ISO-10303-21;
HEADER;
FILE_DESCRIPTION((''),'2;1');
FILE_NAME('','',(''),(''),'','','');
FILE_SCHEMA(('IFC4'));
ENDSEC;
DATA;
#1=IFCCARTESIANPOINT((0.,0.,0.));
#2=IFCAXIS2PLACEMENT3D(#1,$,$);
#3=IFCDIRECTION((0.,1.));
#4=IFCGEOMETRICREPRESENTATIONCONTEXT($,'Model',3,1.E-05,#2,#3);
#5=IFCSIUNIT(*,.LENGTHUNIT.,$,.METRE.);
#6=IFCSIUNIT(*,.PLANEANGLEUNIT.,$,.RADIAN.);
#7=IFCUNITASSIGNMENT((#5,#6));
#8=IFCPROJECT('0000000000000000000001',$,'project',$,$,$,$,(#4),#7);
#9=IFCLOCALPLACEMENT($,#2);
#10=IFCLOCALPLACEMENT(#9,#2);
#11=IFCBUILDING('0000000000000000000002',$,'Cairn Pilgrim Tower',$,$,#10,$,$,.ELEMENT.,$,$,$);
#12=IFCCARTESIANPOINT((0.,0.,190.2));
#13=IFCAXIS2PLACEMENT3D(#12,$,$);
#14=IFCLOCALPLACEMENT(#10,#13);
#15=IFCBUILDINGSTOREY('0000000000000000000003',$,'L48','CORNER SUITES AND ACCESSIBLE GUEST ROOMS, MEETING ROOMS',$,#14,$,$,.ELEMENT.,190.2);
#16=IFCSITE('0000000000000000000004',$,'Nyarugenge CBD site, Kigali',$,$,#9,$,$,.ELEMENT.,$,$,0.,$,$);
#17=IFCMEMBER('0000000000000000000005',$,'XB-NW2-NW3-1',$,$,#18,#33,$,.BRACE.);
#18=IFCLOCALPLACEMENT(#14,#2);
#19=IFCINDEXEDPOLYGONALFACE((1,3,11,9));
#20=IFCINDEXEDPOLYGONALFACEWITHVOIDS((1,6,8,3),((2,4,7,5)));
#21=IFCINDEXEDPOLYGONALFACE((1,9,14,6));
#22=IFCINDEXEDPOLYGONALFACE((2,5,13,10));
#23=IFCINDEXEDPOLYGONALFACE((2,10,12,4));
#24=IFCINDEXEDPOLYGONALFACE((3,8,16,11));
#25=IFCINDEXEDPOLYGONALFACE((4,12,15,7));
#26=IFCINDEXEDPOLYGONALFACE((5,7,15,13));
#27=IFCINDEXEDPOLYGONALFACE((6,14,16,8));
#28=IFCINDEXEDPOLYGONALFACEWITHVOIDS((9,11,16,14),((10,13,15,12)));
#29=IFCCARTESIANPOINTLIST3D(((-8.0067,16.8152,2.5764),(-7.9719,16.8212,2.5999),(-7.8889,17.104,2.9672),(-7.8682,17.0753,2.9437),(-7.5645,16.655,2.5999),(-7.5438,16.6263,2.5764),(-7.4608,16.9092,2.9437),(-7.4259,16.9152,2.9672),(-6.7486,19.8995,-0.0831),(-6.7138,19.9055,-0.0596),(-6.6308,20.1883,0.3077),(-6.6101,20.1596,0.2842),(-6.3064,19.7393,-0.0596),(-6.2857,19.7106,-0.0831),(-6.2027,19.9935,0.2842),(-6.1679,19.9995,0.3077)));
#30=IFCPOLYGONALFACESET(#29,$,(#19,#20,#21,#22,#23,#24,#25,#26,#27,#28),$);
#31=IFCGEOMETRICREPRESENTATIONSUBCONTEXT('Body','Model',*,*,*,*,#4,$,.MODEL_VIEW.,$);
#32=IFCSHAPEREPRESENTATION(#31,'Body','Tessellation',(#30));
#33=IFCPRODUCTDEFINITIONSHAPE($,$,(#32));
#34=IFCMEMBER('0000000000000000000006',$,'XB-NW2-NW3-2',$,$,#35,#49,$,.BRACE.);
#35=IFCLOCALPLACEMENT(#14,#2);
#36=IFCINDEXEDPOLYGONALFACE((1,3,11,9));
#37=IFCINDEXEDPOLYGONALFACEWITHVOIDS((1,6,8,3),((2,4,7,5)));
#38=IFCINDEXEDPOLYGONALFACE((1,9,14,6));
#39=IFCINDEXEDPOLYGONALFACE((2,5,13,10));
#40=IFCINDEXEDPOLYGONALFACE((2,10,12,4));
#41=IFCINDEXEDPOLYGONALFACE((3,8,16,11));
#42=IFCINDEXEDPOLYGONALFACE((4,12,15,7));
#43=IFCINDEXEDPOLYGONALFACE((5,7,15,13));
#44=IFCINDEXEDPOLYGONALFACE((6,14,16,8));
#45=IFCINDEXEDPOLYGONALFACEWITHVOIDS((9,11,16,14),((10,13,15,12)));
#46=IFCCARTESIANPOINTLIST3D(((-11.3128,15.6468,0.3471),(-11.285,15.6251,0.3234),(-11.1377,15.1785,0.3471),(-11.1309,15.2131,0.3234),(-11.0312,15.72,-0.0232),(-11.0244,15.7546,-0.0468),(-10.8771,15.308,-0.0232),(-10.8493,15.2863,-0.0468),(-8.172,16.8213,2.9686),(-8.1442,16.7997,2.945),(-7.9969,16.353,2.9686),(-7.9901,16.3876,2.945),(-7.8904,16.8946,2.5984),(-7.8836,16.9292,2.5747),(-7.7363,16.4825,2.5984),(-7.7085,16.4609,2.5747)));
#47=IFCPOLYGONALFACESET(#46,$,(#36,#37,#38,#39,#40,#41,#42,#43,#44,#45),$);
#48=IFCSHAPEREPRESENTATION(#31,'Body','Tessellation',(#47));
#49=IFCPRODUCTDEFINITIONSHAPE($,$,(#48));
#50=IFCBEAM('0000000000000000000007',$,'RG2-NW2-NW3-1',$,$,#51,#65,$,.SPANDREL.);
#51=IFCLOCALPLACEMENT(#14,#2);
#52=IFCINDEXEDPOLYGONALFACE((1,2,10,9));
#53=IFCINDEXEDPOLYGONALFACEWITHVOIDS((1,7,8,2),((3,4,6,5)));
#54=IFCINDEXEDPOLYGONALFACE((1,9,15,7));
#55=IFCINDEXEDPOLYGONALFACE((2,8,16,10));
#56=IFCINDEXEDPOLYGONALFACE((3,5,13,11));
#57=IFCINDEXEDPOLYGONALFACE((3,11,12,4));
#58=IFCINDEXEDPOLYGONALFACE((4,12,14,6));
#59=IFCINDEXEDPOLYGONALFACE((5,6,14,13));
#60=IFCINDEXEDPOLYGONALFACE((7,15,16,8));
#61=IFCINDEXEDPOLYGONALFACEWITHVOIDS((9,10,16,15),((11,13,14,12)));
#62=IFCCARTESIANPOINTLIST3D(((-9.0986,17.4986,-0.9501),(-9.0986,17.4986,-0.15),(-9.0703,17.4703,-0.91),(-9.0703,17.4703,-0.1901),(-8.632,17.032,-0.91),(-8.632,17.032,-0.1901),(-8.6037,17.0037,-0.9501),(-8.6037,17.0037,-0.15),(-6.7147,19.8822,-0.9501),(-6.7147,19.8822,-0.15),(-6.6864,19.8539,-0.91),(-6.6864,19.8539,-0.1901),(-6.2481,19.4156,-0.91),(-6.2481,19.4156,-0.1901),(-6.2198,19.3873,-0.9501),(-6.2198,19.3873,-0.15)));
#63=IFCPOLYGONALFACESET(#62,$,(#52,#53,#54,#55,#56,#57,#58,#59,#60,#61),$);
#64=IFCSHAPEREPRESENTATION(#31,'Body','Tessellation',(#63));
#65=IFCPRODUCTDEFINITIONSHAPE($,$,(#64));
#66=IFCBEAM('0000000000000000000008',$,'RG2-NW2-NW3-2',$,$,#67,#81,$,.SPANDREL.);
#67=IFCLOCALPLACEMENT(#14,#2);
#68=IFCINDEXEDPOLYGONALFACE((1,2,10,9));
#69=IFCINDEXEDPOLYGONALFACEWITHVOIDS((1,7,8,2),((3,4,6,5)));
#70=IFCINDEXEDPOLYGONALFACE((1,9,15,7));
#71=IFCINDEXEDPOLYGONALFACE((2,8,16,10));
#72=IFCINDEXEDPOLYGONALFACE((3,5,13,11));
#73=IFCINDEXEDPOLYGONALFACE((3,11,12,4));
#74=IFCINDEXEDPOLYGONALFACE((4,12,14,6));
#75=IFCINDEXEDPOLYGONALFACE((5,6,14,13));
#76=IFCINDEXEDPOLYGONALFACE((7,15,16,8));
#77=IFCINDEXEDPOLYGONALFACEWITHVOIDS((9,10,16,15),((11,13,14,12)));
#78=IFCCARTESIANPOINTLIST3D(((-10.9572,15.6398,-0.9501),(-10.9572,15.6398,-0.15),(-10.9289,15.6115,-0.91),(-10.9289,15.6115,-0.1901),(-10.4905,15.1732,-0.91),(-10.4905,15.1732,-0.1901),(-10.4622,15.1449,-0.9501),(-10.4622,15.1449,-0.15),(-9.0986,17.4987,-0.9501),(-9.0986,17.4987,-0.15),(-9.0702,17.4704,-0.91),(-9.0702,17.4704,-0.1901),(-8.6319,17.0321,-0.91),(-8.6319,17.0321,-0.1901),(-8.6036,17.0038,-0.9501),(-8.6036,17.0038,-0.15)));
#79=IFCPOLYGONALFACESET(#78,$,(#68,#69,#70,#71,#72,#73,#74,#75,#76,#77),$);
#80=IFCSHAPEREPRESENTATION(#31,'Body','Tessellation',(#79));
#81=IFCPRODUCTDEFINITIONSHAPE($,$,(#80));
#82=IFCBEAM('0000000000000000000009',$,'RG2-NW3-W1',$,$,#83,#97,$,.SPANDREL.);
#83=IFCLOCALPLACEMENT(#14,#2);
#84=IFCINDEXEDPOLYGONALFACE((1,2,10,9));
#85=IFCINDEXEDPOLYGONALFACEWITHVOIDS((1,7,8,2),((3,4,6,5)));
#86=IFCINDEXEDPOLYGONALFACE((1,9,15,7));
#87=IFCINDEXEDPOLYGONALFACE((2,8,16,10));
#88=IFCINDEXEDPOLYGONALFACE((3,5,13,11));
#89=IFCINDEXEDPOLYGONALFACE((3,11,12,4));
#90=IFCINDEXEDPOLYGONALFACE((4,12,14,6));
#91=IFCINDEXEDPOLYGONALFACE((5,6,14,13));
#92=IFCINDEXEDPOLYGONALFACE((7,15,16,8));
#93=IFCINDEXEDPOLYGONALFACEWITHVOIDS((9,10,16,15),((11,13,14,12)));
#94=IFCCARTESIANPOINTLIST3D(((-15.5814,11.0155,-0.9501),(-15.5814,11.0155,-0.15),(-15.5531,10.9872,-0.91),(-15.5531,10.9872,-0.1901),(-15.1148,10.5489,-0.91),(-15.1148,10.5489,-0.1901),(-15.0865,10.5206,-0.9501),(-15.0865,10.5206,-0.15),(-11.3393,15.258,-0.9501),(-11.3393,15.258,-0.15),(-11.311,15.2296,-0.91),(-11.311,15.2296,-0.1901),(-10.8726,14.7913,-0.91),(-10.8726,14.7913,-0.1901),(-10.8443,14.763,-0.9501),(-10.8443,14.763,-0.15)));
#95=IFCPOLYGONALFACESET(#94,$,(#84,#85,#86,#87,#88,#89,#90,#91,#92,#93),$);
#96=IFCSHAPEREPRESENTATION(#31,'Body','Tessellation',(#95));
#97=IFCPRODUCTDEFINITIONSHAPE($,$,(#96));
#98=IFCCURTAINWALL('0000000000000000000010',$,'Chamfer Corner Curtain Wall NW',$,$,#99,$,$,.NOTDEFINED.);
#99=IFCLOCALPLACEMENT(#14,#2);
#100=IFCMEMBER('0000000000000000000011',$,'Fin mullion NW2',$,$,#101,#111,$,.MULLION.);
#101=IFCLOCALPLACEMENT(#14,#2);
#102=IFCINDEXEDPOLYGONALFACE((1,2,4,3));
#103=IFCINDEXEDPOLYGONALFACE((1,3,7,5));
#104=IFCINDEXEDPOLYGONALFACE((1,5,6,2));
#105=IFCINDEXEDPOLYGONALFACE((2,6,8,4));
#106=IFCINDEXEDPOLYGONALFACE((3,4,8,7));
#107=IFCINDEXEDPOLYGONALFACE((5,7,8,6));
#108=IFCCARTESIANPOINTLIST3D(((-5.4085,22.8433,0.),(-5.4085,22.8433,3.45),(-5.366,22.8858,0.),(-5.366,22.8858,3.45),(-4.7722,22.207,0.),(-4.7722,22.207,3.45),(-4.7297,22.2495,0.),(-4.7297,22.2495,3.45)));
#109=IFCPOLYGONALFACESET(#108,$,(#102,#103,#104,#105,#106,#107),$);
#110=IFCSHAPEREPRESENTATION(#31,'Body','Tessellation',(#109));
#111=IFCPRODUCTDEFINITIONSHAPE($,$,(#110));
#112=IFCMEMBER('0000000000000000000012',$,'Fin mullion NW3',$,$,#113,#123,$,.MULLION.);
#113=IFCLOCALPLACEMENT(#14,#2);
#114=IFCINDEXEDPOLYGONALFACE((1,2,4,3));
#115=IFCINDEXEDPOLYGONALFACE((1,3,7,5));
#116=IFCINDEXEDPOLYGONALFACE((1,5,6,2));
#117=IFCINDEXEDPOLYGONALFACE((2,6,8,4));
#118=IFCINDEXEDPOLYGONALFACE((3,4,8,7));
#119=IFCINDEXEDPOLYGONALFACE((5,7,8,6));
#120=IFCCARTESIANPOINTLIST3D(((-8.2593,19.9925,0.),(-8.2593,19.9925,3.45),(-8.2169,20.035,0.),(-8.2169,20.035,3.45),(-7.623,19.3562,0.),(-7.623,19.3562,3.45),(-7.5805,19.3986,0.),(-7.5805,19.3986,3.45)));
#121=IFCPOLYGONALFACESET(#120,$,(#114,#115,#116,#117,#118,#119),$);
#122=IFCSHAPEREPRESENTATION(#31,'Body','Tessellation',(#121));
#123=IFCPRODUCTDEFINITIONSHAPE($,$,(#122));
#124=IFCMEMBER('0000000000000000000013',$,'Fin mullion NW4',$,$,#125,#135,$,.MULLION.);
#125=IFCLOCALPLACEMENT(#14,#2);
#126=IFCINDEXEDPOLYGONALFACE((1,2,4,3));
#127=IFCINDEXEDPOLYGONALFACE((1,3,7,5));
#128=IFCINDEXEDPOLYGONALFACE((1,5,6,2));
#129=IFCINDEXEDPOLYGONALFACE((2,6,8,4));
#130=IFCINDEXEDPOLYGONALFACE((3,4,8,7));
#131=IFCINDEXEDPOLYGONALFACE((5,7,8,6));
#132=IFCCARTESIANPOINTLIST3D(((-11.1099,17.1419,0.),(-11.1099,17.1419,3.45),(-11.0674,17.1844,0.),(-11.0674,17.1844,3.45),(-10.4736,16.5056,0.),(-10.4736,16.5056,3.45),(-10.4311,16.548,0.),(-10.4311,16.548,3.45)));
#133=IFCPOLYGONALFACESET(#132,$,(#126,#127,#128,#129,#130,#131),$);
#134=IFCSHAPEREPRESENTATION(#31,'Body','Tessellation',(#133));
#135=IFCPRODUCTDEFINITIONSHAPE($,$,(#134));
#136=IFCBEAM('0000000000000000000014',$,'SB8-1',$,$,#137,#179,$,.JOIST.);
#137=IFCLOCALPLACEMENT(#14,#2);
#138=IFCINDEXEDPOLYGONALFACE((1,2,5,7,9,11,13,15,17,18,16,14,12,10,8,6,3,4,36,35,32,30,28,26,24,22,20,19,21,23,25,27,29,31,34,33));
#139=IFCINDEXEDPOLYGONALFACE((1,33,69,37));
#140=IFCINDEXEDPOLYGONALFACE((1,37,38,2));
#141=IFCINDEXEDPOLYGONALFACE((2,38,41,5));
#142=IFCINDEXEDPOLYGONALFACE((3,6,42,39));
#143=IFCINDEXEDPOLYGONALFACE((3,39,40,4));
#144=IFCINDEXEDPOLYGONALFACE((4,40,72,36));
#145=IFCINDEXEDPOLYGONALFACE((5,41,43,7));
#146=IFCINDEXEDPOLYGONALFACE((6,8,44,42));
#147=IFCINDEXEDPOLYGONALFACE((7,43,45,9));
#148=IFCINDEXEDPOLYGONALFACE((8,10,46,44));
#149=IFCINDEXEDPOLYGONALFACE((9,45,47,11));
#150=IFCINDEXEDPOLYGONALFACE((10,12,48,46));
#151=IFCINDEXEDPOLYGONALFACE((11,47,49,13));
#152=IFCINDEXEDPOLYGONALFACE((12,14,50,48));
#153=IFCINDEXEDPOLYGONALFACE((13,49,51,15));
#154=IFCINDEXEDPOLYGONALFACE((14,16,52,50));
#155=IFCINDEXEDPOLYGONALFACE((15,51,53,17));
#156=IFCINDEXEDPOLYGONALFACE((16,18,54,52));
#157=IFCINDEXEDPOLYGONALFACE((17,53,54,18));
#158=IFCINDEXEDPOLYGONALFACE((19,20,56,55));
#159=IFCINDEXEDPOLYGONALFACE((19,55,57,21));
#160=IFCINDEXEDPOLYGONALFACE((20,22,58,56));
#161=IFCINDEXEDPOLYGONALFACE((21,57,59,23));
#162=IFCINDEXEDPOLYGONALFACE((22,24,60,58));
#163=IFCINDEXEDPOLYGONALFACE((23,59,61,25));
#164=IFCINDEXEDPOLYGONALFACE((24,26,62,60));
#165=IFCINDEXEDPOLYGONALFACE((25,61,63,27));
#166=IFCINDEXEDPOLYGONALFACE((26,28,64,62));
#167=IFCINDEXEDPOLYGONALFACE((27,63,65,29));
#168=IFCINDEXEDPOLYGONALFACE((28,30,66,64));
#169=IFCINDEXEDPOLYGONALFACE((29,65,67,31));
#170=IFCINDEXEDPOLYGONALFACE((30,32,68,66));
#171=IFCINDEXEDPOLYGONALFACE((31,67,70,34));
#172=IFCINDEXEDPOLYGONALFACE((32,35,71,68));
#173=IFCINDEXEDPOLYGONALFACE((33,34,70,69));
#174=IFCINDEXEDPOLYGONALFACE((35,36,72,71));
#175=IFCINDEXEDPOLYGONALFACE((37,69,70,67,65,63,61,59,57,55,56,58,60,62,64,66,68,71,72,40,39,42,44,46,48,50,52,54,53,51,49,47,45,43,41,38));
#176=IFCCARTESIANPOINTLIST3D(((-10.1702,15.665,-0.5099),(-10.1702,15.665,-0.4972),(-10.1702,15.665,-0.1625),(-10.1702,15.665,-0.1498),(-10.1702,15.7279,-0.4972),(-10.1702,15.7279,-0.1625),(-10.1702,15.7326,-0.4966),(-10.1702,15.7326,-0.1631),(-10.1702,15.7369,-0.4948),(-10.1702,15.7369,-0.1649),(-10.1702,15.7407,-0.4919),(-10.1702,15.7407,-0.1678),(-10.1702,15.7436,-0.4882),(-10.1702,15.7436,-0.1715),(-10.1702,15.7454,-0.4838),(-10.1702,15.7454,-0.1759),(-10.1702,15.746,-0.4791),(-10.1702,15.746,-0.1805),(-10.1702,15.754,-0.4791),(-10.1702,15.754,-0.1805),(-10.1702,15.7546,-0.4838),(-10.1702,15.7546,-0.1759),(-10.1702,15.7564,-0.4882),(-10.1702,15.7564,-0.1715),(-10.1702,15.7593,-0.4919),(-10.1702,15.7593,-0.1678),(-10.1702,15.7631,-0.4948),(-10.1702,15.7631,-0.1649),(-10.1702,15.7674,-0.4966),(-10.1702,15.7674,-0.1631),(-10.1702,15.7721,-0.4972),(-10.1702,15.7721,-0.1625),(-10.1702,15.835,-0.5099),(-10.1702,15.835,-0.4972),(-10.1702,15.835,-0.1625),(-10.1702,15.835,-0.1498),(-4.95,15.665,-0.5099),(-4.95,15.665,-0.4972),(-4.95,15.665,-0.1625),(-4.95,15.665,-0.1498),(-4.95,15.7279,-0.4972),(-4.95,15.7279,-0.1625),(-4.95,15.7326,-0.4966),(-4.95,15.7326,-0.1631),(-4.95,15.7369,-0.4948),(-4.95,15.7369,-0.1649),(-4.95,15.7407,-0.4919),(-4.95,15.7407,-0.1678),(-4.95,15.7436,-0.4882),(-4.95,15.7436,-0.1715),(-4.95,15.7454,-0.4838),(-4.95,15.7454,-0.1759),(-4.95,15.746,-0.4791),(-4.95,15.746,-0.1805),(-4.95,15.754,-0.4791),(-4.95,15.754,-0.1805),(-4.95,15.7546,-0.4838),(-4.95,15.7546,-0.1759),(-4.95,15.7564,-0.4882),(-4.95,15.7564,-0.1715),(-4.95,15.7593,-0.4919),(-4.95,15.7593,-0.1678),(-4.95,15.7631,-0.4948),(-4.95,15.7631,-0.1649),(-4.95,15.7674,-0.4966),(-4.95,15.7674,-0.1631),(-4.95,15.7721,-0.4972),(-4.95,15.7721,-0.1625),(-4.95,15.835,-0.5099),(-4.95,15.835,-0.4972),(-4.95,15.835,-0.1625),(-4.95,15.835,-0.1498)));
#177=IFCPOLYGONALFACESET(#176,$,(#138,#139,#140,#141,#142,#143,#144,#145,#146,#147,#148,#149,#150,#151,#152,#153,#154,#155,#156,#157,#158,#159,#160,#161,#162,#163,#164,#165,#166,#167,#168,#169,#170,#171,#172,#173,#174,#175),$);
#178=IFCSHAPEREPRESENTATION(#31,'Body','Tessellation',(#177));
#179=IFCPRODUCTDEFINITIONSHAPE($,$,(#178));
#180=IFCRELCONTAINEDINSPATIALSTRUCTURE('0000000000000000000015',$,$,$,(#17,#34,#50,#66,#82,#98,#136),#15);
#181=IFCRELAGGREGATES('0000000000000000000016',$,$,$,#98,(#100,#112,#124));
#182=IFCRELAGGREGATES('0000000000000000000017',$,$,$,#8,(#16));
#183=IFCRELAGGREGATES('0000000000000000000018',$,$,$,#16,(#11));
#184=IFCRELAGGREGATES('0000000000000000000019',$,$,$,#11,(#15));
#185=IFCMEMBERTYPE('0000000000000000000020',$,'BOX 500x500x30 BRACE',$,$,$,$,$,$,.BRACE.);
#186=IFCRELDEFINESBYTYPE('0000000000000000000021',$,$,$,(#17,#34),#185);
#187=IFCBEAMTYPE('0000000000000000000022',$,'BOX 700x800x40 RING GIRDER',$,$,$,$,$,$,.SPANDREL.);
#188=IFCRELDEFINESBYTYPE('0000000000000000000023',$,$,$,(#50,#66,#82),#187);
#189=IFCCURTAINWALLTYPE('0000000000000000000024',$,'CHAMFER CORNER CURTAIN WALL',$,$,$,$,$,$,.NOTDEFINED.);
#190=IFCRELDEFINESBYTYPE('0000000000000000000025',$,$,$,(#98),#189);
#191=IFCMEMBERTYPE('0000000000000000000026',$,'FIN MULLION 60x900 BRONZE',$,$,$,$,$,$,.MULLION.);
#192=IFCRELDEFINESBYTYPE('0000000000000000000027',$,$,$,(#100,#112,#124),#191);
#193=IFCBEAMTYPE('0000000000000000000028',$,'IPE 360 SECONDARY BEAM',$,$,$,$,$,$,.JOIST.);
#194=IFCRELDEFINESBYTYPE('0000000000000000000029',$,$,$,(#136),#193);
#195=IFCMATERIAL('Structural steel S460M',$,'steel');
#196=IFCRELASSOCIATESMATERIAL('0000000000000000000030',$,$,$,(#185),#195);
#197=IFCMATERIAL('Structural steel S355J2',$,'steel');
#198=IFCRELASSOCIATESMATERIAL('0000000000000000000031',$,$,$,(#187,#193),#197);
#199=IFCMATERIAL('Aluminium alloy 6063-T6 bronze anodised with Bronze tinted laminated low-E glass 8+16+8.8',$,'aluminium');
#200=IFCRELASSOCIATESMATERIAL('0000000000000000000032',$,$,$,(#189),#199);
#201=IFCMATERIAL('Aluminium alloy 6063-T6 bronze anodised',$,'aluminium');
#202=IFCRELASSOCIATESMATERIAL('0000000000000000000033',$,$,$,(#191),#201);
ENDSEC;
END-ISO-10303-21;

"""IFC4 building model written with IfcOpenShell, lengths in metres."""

from ifc_helpers import new_model, si_unit, direction, frame, origin, origin_2d, place, context, subcontext, project, spatial, rectangle, hollow_rectangle, i_section, extrude, material, material_profile, profile_set, type_object, element, aggregate, save


model = new_model("IFC4")

# Units and contexts
model_context = context("Model", 3, precision=1e-05, world=origin(), true_north=direction((0.0, 1.0)))
body_context = subcontext(model_context, "Body", "Model", "MODEL_VIEW")
ifc_project = project(units=[si_unit("LENGTHUNIT", "METRE"), si_unit("PLANEANGLEUNIT", "RADIAN")], contexts=[model_context])

# Site, building, storey
site_placement = place(None, origin())
site = spatial("IfcSite", under=ifc_project, at=site_placement, Name="Nyarugenge CBD site, Kigali", CompositionType="ELEMENT", RefElevation=0.0)
building_placement = place(site_placement, origin())
building = spatial("IfcBuilding", under=site, at=building_placement, Name="Cairn Pilgrim Tower", CompositionType="ELEMENT")
storey_placement = place(building_placement, frame((0.0, 0.0, 190.2)))
storey = spatial("IfcBuildingStorey", under=building, at=storey_placement, Name="L48", Description="CORNER SUITES AND ACCESSIBLE GUEST ROOMS, MEETING ROOMS", CompositionType="ELEMENT", Elevation=190.2)

# Shared definitions
ifc_material_1 = material(Name="Structural steel S460M", Category="steel")

# Members
ifc_material_profile_1 = material_profile(ifc_material_1, hollow_rectangle(XDim=0.5, YDim=0.5, WallThickness=0.03, at=origin_2d()), Name="BOX 500x500x30")
ifc_profile_set_1 = profile_set([ifc_material_profile_1], Name="Structural steel S460M")
member_type_1 = type_object("IfcMemberType", Name="BOX 500x500x30 BRACE", PredefinedType="BRACE", material=ifc_profile_set_1)
member_1_placement = place(storey_placement, frame((-6.4583, 19.9495, 0.1123), z_axis=(-0.295155, -0.723597, 0.623932), x_axis=(0.925933, -0.377688, 0.0)))
element("IfcMember", 1, at=member_1_placement, inside=storey, type_object=member_type_1, Name="XB-NW2-NW3-1", PredefinedType="BRACE", context=body_context, shape_type="SweptSolid", body=[
    extrude(hollow_rectangle(XDim=0.5, YDim=0.5, WallThickness=0.03, at=origin_2d()), origin(), (0.0, 0.0, 1.0), 4.2625),
])
member_2_placement = place(storey_placement, frame((-11.0811, 15.4666, 0.1501), z_axis=(0.737909, 0.275949, 0.615908), x_axis=(-0.35027, 0.936649, 0.0)))
element("IfcMember", 2, at=member_2_placement, inside=storey, type_object=member_type_1, Name="XB-NW2-NW3-2", PredefinedType="BRACE", context=body_context, shape_type="SweptSolid", body=[
    extrude(hollow_rectangle(XDim=0.5, YDim=0.5, WallThickness=0.03, at=origin_2d()), origin(), (0.0, 0.0, 1.0), 4.2563),
])

# Beams
ifc_material_2 = material(Name="Structural steel S355J2", Category="steel")
ifc_material_profile_2 = material_profile(ifc_material_2, hollow_rectangle(XDim=0.7, YDim=0.8, WallThickness=0.04, at=origin_2d()), Name="BOX 700x800x40")
ifc_profile_set_2 = profile_set([ifc_material_profile_2], Name="Structural steel S355J2")
beam_type_1 = type_object("IfcBeamType", Name="BOX 700x800x40 RING GIRDER", PredefinedType="SPANDREL", material=ifc_profile_set_2)
beam_1_placement = place(storey_placement, frame((-6.4673, 19.6348, -0.55), z_axis=(-0.707143, -0.707071, 0.0), x_axis=(0.707071, -0.707143, 0.0)))
element("IfcBeam", 3, at=beam_1_placement, inside=storey, type_object=beam_type_1, Name="RG2-NW2-NW3-1", PredefinedType="SPANDREL", context=body_context, shape_type="SweptSolid", body=[
    extrude(hollow_rectangle(XDim=0.7, YDim=0.8, WallThickness=0.04, at=origin_2d()), origin(), (0.0, 0.0, 1.0), 3.3711),
])
beam_2_placement = place(storey_placement, frame((-8.8511, 17.2512, -0.55), z_axis=(-0.70706, -0.707153, 0.0), x_axis=(0.707153, -0.70706, 0.0)))
element("IfcBeam", 4, at=beam_2_placement, inside=storey, type_object=beam_type_1, Name="RG2-NW2-NW3-2", PredefinedType="SPANDREL", context=body_context, shape_type="SweptSolid", body=[
    extrude(hollow_rectangle(XDim=0.7, YDim=0.8, WallThickness=0.04, at=origin_2d()), origin(), (0.0, 0.0, 1.0), 2.6287),
])
beam_3_placement = place(storey_placement, frame((-11.0918, 15.0105, -0.55), z_axis=(-0.707086, -0.707127, 0.0), x_axis=(0.707127, -0.707086, 0.0)))
element("IfcBeam", 5, at=beam_3_placement, inside=storey, type_object=beam_type_1, Name="RG2-NW3-W1", PredefinedType="SPANDREL", context=body_context, shape_type="SweptSolid", body=[
    extrude(hollow_rectangle(XDim=0.7, YDim=0.8, WallThickness=0.04, at=origin_2d()), origin(), (0.0, 0.0, 1.0), 5.9995),
])

# Curtain wall, members
ifc_material_3 = material(Name="Aluminium alloy 6063-T6 bronze anodised with Bronze tinted laminated low-E glass 8+16+8.8", Category="aluminium")
curtain_wall_type = type_object("IfcCurtainWallType", Name="CHAMFER CORNER CURTAIN WALL", PredefinedType="NOTDEFINED", material=ifc_material_3)
curtain_wall_placement = place(storey_placement, origin())
curtain_wall = element("IfcCurtainWall", 6, at=curtain_wall_placement, inside=storey, type_object=curtain_wall_type, Name="Chamfer Corner Curtain Wall NW", PredefinedType="NOTDEFINED")
ifc_material_4 = material(Name="Aluminium alloy 6063-T6 bronze anodised", Category="aluminium")
ifc_material_profile_3 = material_profile(ifc_material_4, rectangle(XDim=0.8999, YDim=0.0601, at=origin_2d()), Name="FIN MULLION 60x900 BRONZE")
ifc_profile_set_3 = profile_set([ifc_material_profile_3], Name="Aluminium alloy 6063-T6 bronze anodised")
member_type_2 = type_object("IfcMemberType", Name="FIN MULLION 60x900 BRONZE", PredefinedType="MULLION", material=ifc_profile_set_3)
member_3_placement = place(storey_placement, frame((-5.0691, 22.5464, 0.0), z_axis=(0.0, 0.0, 1.0), x_axis=(-0.707107, 0.707107, 0.0)))
member_3 = element("IfcMember", 7, at=member_3_placement, type_object=member_type_2, Name="Fin mullion NW2", PredefinedType="MULLION", context=body_context, shape_type="SweptSolid", body=[
    extrude(rectangle(XDim=0.8999, YDim=0.0601, at=origin_2d()), origin(), (0.0, 0.0, 1.0), 3.45),
])
member_4_placement = place(storey_placement, frame((-7.9199, 19.6956, 0.0), z_axis=(0.0, 0.0, 1.0), x_axis=(-0.707107, 0.707107, 0.0)))
member_4 = element("IfcMember", 8, at=member_4_placement, type_object=member_type_2, Name="Fin mullion NW3", PredefinedType="MULLION", context=body_context, shape_type="SweptSolid", body=[
    extrude(rectangle(XDim=0.8999, YDim=0.0601, at=origin_2d()), origin(), (0.0, 0.0, 1.0), 3.45),
])
member_5_placement = place(storey_placement, frame((-10.7705, 16.845, 0.0), z_axis=(0.0, 0.0, 1.0), x_axis=(-0.707107, 0.707107, 0.0)))
member_5 = element("IfcMember", 9, at=member_5_placement, type_object=member_type_2, Name="Fin mullion NW4", PredefinedType="MULLION", context=body_context, shape_type="SweptSolid", body=[
    extrude(rectangle(XDim=0.8999, YDim=0.0601, at=origin_2d()), origin(), (0.0, 0.0, 1.0), 3.45),
])

# Beam
ifc_material_profile_4 = material_profile(ifc_material_2, i_section(OverallWidth=0.1699, OverallDepth=0.3601, WebThickness=0.0081, FlangeThickness=0.0127, FilletRadius=0.0181, at=origin_2d()), Name="IPE 360")
ifc_profile_set_4 = profile_set([ifc_material_profile_4], Name="Structural steel S355J2")
beam_type_2 = type_object("IfcBeamType", Name="IPE 360 SECONDARY BEAM", PredefinedType="JOIST", material=ifc_profile_set_4)
beam_4_placement = place(storey_placement, frame((-10.1702, 15.75, -0.3298), z_axis=(1.0, 0.0, 0.0), x_axis=(0.0, 1.0, 0.0)))
element("IfcBeam", 10, at=beam_4_placement, inside=storey, type_object=beam_type_2, Name="SB8-1", PredefinedType="JOIST", context=body_context, shape_type="SweptSolid", body=[
    extrude(i_section(OverallWidth=0.1699, OverallDepth=0.3601, WebThickness=0.0081, FlangeThickness=0.0127, FilletRadius=0.0181, at=origin_2d()), origin(), (0.0, 0.0, 1.0), 5.2202),
])

aggregate(curtain_wall, [member_3, member_4, member_5])

save(model, "model.ifc")
